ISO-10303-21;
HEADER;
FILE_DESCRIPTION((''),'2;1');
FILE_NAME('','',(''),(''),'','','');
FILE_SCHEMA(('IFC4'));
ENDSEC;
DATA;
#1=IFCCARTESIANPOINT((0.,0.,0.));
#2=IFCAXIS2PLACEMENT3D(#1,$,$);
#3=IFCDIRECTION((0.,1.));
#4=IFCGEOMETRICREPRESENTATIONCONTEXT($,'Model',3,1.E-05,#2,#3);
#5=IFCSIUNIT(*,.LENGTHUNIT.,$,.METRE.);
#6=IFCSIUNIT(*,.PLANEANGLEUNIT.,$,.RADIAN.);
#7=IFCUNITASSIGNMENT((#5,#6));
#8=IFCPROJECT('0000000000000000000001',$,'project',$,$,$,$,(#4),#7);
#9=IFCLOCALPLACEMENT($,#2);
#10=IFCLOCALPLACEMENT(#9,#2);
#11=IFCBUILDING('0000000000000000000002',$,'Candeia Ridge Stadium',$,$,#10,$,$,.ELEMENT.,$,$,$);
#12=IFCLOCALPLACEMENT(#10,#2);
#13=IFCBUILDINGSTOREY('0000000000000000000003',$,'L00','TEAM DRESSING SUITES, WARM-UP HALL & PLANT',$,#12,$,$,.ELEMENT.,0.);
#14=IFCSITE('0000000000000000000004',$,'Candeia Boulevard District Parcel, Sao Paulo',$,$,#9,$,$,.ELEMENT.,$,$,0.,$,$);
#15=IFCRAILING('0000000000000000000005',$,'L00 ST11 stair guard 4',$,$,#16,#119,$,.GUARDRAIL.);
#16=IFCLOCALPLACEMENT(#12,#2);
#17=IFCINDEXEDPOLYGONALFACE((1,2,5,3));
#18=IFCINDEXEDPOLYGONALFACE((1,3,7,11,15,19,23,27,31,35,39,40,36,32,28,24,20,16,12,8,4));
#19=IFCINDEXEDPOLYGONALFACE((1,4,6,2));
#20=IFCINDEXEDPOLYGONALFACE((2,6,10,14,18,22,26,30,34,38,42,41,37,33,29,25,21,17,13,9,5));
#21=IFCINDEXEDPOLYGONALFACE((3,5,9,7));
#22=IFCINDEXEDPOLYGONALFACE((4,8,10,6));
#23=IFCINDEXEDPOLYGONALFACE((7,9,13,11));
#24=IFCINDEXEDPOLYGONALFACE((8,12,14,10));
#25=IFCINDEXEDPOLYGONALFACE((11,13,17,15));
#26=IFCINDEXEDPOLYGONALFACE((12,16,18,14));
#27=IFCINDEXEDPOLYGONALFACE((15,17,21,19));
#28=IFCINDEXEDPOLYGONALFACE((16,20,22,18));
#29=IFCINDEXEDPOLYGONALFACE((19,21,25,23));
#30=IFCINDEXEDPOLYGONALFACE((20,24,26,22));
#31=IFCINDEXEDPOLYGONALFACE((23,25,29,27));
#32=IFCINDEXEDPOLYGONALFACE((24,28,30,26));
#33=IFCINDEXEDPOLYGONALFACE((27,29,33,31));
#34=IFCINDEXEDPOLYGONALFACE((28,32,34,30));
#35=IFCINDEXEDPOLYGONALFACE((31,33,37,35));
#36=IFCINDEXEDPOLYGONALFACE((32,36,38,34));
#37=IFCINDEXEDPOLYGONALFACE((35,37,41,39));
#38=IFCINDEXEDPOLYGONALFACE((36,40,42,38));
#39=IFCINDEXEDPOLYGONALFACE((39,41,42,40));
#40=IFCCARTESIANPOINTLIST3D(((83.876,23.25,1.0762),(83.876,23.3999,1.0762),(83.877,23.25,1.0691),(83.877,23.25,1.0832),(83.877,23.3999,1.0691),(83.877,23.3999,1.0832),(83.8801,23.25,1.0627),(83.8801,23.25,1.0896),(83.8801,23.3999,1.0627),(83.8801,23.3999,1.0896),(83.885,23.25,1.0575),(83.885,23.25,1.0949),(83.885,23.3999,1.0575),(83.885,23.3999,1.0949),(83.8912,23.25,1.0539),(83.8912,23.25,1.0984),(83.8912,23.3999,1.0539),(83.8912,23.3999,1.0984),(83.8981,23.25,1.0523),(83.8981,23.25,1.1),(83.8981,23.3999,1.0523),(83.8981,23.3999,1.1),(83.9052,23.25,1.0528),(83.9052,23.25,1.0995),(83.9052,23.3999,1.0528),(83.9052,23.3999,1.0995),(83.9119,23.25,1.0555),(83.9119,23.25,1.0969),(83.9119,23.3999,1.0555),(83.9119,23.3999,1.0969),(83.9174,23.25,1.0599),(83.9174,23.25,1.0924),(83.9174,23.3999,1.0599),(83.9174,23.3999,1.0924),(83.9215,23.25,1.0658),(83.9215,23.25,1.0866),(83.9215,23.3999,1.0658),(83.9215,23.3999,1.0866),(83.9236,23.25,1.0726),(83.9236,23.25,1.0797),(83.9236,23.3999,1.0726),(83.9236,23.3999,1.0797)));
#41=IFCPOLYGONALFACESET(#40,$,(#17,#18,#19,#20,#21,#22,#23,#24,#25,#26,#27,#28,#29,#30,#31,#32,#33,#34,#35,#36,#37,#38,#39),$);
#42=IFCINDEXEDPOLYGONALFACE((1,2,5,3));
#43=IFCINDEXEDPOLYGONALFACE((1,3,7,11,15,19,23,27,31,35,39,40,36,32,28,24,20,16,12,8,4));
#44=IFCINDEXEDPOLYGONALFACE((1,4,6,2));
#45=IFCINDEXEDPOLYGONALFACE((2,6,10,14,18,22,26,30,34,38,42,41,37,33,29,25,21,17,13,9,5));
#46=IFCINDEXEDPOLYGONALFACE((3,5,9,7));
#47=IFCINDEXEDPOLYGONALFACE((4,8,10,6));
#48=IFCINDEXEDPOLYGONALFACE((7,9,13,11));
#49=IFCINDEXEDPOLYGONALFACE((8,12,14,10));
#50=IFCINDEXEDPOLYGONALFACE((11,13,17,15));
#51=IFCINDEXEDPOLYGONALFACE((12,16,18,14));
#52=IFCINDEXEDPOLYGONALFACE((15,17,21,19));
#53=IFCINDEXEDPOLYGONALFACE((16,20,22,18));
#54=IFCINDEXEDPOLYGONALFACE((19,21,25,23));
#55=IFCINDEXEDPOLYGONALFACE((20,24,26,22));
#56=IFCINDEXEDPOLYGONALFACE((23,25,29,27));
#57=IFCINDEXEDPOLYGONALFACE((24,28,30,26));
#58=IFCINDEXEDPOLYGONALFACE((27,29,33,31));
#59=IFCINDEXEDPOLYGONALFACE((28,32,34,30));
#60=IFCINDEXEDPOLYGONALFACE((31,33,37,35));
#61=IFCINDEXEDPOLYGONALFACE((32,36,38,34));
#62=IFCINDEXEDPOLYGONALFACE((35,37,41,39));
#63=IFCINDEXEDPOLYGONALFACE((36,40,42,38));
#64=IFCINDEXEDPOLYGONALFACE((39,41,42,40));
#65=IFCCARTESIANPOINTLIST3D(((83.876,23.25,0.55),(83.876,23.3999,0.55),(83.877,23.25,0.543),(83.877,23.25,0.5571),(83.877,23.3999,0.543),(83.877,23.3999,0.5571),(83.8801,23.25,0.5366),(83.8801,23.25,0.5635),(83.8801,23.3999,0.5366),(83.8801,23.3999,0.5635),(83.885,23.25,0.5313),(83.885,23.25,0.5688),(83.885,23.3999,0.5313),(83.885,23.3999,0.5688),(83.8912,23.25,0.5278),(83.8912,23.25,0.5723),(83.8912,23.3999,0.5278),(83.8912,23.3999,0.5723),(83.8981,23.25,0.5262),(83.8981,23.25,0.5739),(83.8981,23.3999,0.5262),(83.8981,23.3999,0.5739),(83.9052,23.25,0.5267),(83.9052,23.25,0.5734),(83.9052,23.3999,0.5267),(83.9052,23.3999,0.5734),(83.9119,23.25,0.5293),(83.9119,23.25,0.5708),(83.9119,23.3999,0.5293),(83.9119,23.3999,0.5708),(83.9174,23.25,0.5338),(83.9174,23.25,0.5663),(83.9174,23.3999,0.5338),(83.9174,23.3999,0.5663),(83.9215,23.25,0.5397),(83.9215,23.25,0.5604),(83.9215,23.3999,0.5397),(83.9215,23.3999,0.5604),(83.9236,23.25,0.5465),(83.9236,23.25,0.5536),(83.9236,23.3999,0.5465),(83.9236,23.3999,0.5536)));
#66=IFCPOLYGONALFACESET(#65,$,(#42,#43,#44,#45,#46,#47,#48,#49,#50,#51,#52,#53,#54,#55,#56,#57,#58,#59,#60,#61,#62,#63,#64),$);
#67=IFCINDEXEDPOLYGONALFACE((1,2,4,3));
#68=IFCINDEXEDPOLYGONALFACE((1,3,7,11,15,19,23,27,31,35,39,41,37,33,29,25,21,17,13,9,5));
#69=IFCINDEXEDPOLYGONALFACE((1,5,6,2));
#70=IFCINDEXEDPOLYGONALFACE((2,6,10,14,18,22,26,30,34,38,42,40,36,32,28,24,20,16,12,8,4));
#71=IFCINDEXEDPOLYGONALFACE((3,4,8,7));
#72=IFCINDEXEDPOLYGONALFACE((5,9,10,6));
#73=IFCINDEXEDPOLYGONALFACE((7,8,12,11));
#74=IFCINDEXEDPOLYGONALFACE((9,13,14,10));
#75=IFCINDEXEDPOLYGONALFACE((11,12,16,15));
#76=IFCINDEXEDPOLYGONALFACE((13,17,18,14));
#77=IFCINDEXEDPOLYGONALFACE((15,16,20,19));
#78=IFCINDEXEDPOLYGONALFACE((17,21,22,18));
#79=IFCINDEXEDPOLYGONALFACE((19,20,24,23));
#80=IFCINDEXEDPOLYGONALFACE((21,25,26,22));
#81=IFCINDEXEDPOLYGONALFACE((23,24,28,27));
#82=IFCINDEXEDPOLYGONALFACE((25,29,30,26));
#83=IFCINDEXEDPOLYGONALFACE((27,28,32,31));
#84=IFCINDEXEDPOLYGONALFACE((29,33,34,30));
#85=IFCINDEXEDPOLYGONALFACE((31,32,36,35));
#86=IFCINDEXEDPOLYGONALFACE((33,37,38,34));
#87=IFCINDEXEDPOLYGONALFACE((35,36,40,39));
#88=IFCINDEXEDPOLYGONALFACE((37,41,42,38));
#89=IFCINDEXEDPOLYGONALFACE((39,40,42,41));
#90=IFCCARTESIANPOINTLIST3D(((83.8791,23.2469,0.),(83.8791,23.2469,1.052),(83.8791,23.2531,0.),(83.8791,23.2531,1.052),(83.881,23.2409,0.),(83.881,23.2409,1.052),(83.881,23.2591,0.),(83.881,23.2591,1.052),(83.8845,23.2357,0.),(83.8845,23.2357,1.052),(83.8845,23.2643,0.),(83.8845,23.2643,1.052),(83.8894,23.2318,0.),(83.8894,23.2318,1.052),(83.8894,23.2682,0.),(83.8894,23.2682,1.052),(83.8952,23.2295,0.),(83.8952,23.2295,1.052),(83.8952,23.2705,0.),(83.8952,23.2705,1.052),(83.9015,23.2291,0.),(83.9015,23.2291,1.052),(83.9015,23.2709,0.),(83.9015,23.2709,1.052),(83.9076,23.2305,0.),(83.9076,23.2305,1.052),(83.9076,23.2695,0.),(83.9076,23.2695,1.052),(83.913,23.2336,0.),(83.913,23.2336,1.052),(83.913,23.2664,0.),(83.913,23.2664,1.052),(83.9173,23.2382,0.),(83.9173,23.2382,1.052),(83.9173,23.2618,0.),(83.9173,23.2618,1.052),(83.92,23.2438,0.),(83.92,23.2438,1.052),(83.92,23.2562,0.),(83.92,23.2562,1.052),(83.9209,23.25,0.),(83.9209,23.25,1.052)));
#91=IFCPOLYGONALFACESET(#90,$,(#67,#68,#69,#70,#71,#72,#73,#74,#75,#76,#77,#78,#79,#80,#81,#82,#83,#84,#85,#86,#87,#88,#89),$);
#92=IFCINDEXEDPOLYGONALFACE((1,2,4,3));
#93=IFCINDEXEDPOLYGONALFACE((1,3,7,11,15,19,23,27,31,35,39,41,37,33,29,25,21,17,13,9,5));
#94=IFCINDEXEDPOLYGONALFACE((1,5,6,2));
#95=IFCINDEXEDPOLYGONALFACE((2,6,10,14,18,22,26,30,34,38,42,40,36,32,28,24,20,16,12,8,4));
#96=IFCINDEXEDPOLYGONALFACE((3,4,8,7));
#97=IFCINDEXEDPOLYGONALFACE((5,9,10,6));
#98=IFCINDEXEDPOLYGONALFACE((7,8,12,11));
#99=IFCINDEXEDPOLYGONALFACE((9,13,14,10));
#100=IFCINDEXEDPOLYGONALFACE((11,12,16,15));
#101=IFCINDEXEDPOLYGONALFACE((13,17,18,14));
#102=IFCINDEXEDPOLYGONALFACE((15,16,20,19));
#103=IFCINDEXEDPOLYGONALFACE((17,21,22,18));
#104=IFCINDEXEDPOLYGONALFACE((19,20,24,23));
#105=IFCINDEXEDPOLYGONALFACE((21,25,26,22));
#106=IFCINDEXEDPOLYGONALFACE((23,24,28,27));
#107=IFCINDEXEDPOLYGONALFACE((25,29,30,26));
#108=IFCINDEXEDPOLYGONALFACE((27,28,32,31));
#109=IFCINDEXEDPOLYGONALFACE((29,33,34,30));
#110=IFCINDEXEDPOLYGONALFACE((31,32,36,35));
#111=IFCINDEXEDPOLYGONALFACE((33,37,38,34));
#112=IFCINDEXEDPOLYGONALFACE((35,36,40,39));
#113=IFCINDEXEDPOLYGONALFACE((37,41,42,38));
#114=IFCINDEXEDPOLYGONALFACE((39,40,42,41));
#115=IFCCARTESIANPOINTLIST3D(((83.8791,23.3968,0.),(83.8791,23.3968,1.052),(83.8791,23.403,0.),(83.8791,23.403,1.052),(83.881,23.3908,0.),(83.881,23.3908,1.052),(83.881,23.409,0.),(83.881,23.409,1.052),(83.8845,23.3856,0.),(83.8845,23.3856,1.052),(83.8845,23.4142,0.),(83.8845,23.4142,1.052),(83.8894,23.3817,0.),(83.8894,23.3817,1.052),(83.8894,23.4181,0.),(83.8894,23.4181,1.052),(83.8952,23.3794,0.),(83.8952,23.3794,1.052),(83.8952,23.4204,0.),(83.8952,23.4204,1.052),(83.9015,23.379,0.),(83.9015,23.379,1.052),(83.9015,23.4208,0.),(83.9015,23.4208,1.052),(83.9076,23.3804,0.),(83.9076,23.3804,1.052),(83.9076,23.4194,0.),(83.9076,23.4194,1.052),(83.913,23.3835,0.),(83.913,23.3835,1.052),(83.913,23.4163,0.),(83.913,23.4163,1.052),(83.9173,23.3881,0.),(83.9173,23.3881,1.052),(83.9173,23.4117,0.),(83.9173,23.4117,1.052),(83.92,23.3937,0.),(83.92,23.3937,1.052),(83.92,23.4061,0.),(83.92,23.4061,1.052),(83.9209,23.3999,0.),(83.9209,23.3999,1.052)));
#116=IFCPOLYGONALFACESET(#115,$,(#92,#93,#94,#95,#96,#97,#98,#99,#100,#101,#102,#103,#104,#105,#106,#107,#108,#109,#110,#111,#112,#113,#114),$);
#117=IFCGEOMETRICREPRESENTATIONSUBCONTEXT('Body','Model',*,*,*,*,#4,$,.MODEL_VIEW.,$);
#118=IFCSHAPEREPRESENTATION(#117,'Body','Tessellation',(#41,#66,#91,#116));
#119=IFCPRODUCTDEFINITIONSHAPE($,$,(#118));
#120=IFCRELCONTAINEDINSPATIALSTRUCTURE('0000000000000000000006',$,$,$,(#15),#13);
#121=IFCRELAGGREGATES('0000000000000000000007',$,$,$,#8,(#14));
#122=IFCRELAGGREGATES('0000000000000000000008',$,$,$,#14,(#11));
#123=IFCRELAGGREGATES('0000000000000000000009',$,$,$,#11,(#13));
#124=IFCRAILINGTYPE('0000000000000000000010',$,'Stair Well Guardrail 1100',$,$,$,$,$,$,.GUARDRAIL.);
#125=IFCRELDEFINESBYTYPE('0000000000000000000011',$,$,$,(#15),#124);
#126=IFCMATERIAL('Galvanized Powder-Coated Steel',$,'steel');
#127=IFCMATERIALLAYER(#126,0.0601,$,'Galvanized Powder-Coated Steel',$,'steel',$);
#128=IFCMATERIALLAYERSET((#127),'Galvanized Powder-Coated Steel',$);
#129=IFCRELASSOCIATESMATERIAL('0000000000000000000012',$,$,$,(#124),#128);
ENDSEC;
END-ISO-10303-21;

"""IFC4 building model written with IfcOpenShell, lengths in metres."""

from ifc_helpers import new_model, si_unit, direction, frame, origin, origin_2d, place, context, subcontext, project, spatial, circle, extrude, material, layer, layer_set, type_object, element, save


model = new_model("IFC4")

# Units and contexts
model_context = context("Model", 3, precision=1e-05, world=origin(), true_north=direction((0.0, 1.0)))
body_context = subcontext(model_context, "Body", "Model", "MODEL_VIEW")
ifc_project = project(units=[si_unit("LENGTHUNIT", "METRE"), si_unit("PLANEANGLEUNIT", "RADIAN")], contexts=[model_context])

# Site, building, storey
site_placement = place(None, origin())
site = spatial("IfcSite", under=ifc_project, at=site_placement, Name="Candeia Boulevard District Parcel, Sao Paulo", CompositionType="ELEMENT", RefElevation=0.0)
building_placement = place(site_placement, origin())
building = spatial("IfcBuilding", under=site, at=building_placement, Name="Candeia Ridge Stadium", CompositionType="ELEMENT")
storey_placement = place(building_placement, origin())
storey = spatial("IfcBuildingStorey", under=building, at=storey_placement, Name="L00", Description="TEAM DRESSING SUITES, WARM-UP HALL & PLANT", CompositionType="ELEMENT", Elevation=0.0)

# Railing
ifc_material_1 = material(Name="Galvanized Powder-Coated Steel", Category="steel")
ifc_layer_1 = layer(ifc_material_1, 0.0601, Name="Galvanized Powder-Coated Steel", Category="steel")
ifc_layer_set_1 = layer_set([ifc_layer_1], Name="Galvanized Powder-Coated Steel")
railing_type_1 = type_object("IfcRailingType", Name="Stair Well Guardrail 1100", PredefinedType="GUARDRAIL", material=ifc_layer_set_1)
railing_1_placement = place(storey_placement, frame((83.8999, 23.25, 0.0)))
element("IfcRailing", 1, at=railing_1_placement, inside=storey, type_object=railing_type_1, Name="L00 ST11 stair guard 4", PredefinedType="GUARDRAIL", context=body_context, shape_type="SweptSolid", body=[
    extrude(circle(Radius=0.0239, at=origin_2d()), frame((0.0, 0.0, 1.0762), z_axis=(0.0, 1.0, 0.0), x_axis=(-1.0, 0.0, 0.0)), (0.0, 0.0, 1.0), 0.1499),
    extrude(circle(Radius=0.0239, at=origin_2d()), frame((0.0, 0.0, 0.55), z_axis=(0.0, 1.0, 0.0), x_axis=(-1.0, 0.0, 0.0)), (0.0, 0.0, 1.0), 0.1499),
    extrude(circle(Radius=0.021, at=origin_2d()), origin(), (0.0, 0.0, 1.0), 1.052),
    extrude(circle(Radius=0.021, at=origin_2d()), frame((0.0, 0.1499, 0.0)), (0.0, 0.0, 1.0), 1.052),
])

save(model, "model.ifc")
